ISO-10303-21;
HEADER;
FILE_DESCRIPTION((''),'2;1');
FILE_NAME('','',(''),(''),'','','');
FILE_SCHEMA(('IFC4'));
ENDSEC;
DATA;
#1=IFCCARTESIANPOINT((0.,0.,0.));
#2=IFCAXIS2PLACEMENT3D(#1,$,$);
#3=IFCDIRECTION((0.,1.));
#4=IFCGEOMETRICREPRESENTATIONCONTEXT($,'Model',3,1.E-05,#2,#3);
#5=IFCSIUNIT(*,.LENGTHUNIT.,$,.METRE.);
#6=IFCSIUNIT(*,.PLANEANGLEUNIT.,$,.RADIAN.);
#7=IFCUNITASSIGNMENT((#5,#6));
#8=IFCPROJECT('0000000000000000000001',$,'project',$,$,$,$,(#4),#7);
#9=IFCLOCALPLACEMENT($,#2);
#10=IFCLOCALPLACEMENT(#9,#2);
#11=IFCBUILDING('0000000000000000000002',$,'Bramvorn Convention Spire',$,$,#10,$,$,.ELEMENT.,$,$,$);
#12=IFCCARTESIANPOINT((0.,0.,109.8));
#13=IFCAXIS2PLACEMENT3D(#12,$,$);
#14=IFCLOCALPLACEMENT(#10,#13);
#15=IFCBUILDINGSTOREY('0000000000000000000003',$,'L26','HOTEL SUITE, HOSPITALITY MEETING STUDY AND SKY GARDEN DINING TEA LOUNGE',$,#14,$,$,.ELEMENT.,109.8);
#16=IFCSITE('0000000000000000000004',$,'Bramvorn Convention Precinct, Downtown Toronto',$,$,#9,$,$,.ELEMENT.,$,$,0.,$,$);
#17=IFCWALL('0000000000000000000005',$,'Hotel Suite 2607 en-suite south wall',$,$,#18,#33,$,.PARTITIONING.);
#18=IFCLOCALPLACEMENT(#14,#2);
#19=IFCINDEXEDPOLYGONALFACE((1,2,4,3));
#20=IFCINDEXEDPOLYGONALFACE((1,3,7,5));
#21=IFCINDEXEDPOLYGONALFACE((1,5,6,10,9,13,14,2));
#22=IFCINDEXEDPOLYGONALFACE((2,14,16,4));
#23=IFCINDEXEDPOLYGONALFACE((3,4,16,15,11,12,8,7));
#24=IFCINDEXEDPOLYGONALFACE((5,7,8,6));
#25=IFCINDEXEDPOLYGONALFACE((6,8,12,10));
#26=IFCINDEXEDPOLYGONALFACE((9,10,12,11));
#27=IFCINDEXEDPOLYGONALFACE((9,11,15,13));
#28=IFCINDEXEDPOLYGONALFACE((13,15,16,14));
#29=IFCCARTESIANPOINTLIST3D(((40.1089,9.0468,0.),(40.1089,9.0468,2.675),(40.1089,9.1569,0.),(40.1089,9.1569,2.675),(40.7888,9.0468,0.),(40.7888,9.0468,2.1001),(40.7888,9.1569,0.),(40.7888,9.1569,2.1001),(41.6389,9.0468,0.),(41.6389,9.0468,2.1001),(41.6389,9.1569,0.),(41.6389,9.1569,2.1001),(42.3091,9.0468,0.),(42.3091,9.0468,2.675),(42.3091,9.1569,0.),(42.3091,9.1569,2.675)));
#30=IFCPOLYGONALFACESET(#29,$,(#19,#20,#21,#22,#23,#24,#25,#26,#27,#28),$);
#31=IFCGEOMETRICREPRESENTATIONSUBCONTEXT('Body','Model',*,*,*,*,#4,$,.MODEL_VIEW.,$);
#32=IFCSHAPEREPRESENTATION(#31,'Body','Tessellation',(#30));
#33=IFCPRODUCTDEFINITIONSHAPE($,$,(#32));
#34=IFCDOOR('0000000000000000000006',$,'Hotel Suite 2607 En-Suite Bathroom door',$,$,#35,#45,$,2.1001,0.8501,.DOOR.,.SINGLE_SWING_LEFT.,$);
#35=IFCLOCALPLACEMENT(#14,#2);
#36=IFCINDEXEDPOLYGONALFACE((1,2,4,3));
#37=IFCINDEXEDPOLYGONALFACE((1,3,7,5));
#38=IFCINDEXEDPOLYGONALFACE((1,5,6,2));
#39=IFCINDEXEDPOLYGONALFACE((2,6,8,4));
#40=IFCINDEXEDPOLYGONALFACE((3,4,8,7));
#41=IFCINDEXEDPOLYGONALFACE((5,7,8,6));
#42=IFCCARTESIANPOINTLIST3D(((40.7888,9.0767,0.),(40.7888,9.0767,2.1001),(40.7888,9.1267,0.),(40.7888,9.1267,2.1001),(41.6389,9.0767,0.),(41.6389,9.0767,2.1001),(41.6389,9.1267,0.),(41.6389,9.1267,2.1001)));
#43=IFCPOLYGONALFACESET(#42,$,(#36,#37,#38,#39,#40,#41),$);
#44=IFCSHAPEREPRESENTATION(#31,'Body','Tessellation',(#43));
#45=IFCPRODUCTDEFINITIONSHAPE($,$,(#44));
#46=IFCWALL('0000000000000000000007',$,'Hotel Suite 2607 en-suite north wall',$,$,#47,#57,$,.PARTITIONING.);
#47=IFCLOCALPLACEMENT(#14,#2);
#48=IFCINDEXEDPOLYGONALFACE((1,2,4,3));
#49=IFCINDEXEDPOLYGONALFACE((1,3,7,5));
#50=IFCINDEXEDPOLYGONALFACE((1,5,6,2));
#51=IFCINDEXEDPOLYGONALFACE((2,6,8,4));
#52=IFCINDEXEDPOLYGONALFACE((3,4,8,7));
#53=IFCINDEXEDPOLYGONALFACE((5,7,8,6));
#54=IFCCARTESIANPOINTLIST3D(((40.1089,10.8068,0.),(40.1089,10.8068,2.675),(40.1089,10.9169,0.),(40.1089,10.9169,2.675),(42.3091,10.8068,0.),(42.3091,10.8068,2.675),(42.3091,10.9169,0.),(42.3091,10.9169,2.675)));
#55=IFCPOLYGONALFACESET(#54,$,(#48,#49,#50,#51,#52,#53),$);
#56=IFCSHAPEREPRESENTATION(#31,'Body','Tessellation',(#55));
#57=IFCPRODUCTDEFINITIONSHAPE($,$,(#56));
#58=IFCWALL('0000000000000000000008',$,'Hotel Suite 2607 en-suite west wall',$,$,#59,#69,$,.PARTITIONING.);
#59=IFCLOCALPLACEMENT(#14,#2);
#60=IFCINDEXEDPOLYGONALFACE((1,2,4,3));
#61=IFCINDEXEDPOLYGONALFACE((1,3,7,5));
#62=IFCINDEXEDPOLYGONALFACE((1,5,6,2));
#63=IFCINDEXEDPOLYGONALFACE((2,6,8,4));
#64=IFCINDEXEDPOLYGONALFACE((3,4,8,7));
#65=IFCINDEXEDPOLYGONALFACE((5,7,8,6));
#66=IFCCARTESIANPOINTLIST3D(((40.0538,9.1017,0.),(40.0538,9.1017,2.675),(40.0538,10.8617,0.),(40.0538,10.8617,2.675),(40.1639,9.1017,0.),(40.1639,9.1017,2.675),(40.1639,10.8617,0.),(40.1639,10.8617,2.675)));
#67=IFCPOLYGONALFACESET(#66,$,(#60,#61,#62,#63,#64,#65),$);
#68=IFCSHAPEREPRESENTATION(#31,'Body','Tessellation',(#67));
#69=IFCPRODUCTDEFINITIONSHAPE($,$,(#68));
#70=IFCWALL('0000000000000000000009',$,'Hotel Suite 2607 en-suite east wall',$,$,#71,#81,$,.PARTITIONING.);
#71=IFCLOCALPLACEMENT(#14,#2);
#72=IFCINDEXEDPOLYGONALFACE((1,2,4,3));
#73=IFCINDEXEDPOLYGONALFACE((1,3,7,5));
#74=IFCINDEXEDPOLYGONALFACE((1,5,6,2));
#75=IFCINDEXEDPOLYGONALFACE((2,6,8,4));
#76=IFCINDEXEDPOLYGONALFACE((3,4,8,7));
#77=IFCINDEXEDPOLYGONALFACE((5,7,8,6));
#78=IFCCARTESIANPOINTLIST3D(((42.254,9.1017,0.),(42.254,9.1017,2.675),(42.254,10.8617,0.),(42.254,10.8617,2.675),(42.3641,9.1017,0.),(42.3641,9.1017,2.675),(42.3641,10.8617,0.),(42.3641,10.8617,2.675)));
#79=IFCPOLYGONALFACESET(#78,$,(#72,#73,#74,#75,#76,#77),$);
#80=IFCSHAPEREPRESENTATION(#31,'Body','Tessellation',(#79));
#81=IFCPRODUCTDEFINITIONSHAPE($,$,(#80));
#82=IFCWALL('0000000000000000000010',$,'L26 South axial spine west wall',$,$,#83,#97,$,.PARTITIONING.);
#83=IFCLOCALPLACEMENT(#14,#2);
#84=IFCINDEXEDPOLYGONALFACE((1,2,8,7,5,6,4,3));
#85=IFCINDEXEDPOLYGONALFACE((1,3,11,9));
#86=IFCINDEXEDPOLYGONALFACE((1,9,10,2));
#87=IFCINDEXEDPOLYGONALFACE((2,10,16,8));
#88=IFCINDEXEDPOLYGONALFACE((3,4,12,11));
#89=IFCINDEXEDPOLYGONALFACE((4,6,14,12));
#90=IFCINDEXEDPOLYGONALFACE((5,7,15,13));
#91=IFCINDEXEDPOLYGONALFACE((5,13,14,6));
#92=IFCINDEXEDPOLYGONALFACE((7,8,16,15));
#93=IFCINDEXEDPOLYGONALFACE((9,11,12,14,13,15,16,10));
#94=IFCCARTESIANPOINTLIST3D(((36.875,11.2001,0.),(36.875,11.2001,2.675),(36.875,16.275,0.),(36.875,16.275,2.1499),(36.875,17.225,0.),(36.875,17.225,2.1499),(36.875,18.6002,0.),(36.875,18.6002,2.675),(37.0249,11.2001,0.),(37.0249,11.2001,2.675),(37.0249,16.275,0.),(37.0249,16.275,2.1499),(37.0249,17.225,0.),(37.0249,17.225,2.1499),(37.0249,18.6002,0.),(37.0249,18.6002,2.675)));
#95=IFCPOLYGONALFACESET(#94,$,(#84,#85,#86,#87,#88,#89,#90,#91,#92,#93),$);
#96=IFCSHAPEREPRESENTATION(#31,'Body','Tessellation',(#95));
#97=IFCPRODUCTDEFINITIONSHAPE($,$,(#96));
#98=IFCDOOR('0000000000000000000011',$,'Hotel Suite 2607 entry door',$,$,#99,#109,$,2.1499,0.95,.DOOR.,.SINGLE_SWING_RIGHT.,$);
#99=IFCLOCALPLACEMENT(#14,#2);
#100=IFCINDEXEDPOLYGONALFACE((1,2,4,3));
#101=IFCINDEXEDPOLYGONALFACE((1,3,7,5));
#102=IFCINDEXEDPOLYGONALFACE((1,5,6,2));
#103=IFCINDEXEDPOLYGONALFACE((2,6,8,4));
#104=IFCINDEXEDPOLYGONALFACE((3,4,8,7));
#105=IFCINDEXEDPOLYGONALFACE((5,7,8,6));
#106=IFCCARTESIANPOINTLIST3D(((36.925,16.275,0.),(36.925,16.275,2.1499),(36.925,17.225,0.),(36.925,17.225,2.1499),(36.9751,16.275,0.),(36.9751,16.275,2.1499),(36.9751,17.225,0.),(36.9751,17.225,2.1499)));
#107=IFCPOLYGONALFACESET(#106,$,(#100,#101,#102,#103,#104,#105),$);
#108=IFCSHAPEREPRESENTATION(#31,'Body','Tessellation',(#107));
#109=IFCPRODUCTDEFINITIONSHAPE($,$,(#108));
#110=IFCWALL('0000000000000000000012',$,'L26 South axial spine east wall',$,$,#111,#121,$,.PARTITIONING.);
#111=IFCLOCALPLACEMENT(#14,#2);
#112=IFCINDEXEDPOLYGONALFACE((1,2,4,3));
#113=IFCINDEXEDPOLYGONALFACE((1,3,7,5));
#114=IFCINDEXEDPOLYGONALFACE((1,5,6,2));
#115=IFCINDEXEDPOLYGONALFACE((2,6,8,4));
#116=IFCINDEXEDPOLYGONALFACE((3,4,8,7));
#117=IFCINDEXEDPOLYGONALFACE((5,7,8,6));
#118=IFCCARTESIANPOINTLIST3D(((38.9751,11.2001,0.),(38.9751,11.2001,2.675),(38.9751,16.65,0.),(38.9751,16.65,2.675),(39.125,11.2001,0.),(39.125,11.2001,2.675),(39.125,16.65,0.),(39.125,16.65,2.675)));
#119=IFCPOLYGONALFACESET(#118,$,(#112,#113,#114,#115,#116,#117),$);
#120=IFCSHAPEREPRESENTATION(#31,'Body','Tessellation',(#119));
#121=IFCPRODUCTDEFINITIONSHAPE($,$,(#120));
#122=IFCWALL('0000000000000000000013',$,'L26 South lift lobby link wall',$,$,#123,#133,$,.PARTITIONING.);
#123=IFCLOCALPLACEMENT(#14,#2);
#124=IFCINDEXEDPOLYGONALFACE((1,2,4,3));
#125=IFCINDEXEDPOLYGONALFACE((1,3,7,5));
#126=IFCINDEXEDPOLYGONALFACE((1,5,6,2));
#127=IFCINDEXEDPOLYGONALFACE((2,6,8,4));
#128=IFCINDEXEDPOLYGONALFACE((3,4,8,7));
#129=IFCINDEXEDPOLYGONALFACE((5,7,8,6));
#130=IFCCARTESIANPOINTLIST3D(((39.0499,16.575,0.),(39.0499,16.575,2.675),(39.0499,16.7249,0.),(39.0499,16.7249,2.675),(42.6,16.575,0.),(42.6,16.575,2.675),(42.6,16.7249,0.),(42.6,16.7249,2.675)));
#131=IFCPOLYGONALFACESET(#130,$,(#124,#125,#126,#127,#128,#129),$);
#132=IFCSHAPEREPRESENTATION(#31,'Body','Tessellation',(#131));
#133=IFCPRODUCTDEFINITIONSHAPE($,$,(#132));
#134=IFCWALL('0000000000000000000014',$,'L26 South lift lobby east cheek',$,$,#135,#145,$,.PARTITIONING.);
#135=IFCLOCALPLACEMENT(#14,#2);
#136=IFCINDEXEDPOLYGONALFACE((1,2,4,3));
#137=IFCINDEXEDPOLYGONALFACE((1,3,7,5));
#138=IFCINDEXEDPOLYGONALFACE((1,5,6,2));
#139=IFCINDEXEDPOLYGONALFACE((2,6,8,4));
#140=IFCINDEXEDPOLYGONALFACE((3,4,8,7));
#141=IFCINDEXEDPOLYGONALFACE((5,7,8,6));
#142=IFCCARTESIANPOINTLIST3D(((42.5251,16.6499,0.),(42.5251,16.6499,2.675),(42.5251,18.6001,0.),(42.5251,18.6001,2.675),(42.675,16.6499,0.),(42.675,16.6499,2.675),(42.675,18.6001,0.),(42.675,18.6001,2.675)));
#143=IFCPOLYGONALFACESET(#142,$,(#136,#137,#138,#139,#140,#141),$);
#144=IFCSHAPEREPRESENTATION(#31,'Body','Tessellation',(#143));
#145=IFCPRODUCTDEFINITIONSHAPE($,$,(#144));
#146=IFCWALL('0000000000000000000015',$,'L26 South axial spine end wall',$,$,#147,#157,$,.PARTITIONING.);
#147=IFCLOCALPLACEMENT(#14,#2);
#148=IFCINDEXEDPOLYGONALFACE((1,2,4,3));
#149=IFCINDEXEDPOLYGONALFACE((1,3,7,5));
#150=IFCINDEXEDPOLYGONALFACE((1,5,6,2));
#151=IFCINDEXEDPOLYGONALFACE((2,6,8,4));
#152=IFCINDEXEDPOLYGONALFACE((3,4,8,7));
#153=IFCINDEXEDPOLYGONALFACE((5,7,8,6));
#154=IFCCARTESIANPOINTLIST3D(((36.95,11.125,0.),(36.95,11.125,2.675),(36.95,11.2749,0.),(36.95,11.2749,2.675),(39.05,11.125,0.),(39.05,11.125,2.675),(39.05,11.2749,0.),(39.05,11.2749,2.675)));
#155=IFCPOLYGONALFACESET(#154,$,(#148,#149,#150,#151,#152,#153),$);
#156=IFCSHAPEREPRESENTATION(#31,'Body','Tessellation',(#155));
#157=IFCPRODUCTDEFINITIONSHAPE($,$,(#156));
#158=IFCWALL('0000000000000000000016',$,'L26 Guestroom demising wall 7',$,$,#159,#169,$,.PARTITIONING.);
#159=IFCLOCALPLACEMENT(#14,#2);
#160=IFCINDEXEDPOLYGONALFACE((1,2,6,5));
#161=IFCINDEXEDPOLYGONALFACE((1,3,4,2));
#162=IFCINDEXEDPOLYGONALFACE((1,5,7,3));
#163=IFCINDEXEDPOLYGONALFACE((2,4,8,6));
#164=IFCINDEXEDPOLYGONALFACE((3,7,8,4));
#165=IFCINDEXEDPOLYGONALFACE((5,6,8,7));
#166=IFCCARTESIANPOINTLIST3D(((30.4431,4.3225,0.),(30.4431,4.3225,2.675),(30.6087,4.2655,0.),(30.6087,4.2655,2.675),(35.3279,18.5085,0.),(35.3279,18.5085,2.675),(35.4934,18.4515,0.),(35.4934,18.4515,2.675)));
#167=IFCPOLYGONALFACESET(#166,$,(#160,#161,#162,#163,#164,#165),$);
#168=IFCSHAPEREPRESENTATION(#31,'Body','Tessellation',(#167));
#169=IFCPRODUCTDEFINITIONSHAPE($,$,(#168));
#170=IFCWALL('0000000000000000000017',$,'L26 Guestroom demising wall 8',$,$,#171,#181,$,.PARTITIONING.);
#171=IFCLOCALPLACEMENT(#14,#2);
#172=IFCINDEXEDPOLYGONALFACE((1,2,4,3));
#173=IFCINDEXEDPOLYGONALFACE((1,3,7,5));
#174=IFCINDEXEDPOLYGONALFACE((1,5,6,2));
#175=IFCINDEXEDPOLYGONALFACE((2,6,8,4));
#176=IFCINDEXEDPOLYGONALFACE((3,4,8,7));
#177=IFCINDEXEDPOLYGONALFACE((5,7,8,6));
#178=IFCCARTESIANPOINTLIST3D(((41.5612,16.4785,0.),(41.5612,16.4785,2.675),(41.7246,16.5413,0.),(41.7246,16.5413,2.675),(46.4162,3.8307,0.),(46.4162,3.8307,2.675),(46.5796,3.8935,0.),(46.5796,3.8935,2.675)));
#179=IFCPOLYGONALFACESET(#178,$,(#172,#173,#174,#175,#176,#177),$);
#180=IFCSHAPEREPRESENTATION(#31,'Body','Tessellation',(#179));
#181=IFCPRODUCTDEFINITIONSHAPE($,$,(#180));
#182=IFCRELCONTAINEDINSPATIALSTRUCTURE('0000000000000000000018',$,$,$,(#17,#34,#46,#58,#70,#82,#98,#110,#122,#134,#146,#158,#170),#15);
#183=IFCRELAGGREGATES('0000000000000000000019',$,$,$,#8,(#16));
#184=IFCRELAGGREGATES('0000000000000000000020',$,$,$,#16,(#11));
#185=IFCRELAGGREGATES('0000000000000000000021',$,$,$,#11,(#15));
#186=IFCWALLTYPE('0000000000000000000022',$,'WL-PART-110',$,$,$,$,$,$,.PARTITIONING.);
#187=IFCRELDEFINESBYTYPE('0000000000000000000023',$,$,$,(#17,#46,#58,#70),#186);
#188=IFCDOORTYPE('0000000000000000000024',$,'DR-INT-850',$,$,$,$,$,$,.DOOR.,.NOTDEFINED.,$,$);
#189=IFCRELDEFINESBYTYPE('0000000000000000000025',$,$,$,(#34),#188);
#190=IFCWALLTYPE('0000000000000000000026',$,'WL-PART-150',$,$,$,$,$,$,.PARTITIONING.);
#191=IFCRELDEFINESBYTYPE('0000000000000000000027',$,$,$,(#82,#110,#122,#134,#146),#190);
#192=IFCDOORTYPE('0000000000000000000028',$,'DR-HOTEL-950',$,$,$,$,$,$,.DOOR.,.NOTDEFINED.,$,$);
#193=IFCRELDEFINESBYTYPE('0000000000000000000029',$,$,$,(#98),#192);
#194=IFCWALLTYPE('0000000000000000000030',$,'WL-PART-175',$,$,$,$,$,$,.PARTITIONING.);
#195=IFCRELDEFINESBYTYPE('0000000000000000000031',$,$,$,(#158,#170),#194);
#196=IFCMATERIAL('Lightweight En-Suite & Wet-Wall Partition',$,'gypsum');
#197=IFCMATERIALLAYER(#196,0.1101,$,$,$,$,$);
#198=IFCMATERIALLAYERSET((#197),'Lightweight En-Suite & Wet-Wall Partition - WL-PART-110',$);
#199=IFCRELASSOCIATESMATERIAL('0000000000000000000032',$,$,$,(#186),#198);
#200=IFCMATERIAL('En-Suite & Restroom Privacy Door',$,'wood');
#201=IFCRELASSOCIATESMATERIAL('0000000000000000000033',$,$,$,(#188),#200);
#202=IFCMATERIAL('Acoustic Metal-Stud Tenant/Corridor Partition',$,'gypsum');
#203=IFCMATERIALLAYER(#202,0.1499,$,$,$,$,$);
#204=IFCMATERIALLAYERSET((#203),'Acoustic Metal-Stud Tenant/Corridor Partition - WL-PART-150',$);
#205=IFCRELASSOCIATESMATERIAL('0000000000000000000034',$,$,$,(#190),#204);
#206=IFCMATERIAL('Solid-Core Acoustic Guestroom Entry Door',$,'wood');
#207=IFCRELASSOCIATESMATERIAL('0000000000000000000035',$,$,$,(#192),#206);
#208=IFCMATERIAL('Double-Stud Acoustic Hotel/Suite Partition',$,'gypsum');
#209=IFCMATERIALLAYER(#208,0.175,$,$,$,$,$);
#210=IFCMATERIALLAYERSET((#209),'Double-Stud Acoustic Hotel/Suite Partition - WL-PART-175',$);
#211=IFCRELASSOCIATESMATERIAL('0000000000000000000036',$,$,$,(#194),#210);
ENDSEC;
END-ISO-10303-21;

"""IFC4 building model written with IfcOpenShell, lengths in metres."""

from ifc_helpers import new_model, si_unit, direction, frame, frame_2d, origin, place, context, subcontext, project, spatial, rectangle, extrude, material, layer, layer_set, type_object, element, fill, save


model = new_model("IFC4")

# Units and contexts
model_context = context("Model", 3, precision=1e-05, world=origin(), true_north=direction((0.0, 1.0)))
body_context = subcontext(model_context, "Body", "Model", "MODEL_VIEW")
ifc_project = project(units=[si_unit("LENGTHUNIT", "METRE"), si_unit("PLANEANGLEUNIT", "RADIAN")], contexts=[model_context])

# Site, building, storey
site_placement = place(None, origin())
site = spatial("IfcSite", under=ifc_project, at=site_placement, Name="Bramvorn Convention Precinct, Downtown Toronto", CompositionType="ELEMENT", RefElevation=0.0)
building_placement = place(site_placement, origin())
building = spatial("IfcBuilding", under=site, at=building_placement, Name="Bramvorn Convention Spire", CompositionType="ELEMENT")
storey_placement = place(building_placement, frame((0.0, 0.0, 109.8)))
storey = spatial("IfcBuildingStorey", under=building, at=storey_placement, Name="L26", Description="HOTEL SUITE, HOSPITALITY MEETING STUDY AND SKY GARDEN DINING TEA LOUNGE", CompositionType="ELEMENT", Elevation=109.8)

# Wall, opening, door
ifc_material_1 = material(Name="Lightweight En-Suite & Wet-Wall Partition", Category="gypsum")
ifc_layer_1 = layer(ifc_material_1, 0.1101)
ifc_layer_set_1 = layer_set([ifc_layer_1], Name="Lightweight En-Suite & Wet-Wall Partition - WL-PART-110")
wall_type_1 = type_object("IfcWallType", Name="WL-PART-110", PredefinedType="PARTITIONING", material=ifc_layer_set_1)
wall_1_placement = place(storey_placement, frame((40.1089, 9.1018, 0.0), z_axis=(0.0, 0.0, 1.0), x_axis=(1.0, 0.0, 0.0)))
wall_1 = element("IfcWall", 1, at=wall_1_placement, inside=storey, type_object=wall_type_1, Name="Hotel Suite 2607 en-suite south wall", PredefinedType="PARTITIONING", context=body_context, shape_type="SweptSolid", body=[
    extrude(rectangle(XDim=2.2002, YDim=0.1101, at=frame_2d((1.1001, 0.0))), origin(), (0.0, 0.0, 1.0), 2.675),
])
opening_1_placement = place(wall_1_placement, frame((0.6799, 0.0, 0.0)))
opening_1 = element("IfcOpeningElement", 2, at=opening_1_placement, cuts=wall_1, PredefinedType="OPENING", context=body_context, shape_type="SweptSolid", body=[
    extrude(rectangle(XDim=0.8501, YDim=2.1001, at=frame_2d((0.425, 1.05))), frame((0.0, 0.0649, 0.0), z_axis=(0.0, -1.0, 0.0), x_axis=(1.0, 0.0, 0.0)), (0.0, 0.0, 1.0), 0.1301),
])
ifc_material_2 = material(Name="En-Suite & Restroom Privacy Door", Category="wood")
door_type_1 = type_object("IfcDoorType", Name="DR-INT-850", OperationType="NOTDEFINED", PredefinedType="DOOR", material=ifc_material_2)
door_1_placement = place(opening_1_placement, origin())
door_1 = element("IfcDoor", 3, at=door_1_placement, inside=storey, type_object=door_type_1, Name="Hotel Suite 2607 En-Suite Bathroom door", OperationType="SINGLE_SWING_LEFT", OverallHeight=2.1001, OverallWidth=0.8501, PredefinedType="DOOR", context=body_context, shape_type="SweptSolid", body=[
    extrude(rectangle(XDim=0.8501, YDim=2.1001, at=frame_2d((0.425, 1.05))), frame((0.0, 0.0249, 0.0), z_axis=(0.0, -1.0, 0.0), x_axis=(1.0, 0.0, 0.0)), (0.0, 0.0, 1.0), 0.05),
])
fill(opening_1, door_1)

# Walls
wall_2_placement = place(storey_placement, frame((40.1089, 10.8618, 0.0), z_axis=(0.0, 0.0, 1.0), x_axis=(1.0, 0.0, 0.0)))
element("IfcWall", 4, at=wall_2_placement, inside=storey, type_object=wall_type_1, Name="Hotel Suite 2607 en-suite north wall", PredefinedType="PARTITIONING", context=body_context, shape_type="SweptSolid", body=[
    extrude(rectangle(XDim=2.2002, YDim=0.1101, at=frame_2d((1.1001, 0.0))), origin(), (0.0, 0.0, 1.0), 2.675),
])
for number, where, z_axis, x_axis, name in (
    (5, (40.1089, 9.1018, 0.0), (0.0, 0.0, 1.0), (0.0, 1.0, 0.0), "Hotel Suite 2607 en-suite west wall"),
    (6, (42.3091, 9.1018, 0.0), (0.0, 0.0, 1.0), (0.0, 1.0, 0.0), "Hotel Suite 2607 en-suite east wall"),
):
    element("IfcWall", number, at=place(storey_placement, frame(where, z_axis=z_axis, x_axis=x_axis)), inside=storey, type_object=wall_type_1, Name=name, PredefinedType="PARTITIONING", context=body_context, shape_type="SweptSolid", body=[
        extrude(rectangle(XDim=1.76, YDim=0.1101, at=frame_2d((0.8799, 0.0))), origin(), (0.0, 0.0, 1.0), 2.675),
    ])

# Wall, opening, door
ifc_material_3 = material(Name="Acoustic Metal-Stud Tenant/Corridor Partition", Category="gypsum")
ifc_layer_2 = layer(ifc_material_3, 0.1499)
ifc_layer_set_2 = layer_set([ifc_layer_2], Name="Acoustic Metal-Stud Tenant/Corridor Partition - WL-PART-150")
wall_type_2 = type_object("IfcWallType", Name="WL-PART-150", PredefinedType="PARTITIONING", material=ifc_layer_set_2)
wall_3_placement = place(storey_placement, frame((36.95, 11.2, 0.0), z_axis=(0.0, 0.0, 1.0), x_axis=(0.0, 1.0, 0.0)))
wall_3 = element("IfcWall", 7, at=wall_3_placement, inside=storey, type_object=wall_type_2, Name="L26 South axial spine west wall", PredefinedType="PARTITIONING", context=body_context, shape_type="SweptSolid", body=[
    extrude(rectangle(XDim=7.4001, YDim=0.1499, at=frame_2d((3.7002, 0.0))), origin(), (0.0, 0.0, 1.0), 2.675),
])
opening_2_placement = place(wall_3_placement, frame((5.075, 0.0, 0.0)))
opening_2 = element("IfcOpeningElement", 8, at=opening_2_placement, cuts=wall_3, PredefinedType="OPENING", context=body_context, shape_type="SweptSolid", body=[
    extrude(rectangle(XDim=0.95, YDim=2.1499, at=frame_2d((0.4751, 1.075))), frame((0.0, 0.085, 0.0), z_axis=(0.0, -1.0, 0.0), x_axis=(1.0, 0.0, 0.0)), (0.0, 0.0, 1.0), 0.1699),
])
ifc_material_4 = material(Name="Solid-Core Acoustic Guestroom Entry Door", Category="wood")
door_type_2 = type_object("IfcDoorType", Name="DR-HOTEL-950", OperationType="NOTDEFINED", PredefinedType="DOOR", material=ifc_material_4)
door_2_placement = place(opening_2_placement, origin())
door_2 = element("IfcDoor", 9, at=door_2_placement, inside=storey, type_object=door_type_2, Name="Hotel Suite 2607 entry door", OperationType="SINGLE_SWING_RIGHT", OverallHeight=2.1499, OverallWidth=0.95, PredefinedType="DOOR", context=body_context, shape_type="SweptSolid", body=[
    extrude(rectangle(XDim=0.95, YDim=2.1499, at=frame_2d((0.4751, 1.075))), frame((0.0, 0.0249, 0.0), z_axis=(0.0, -1.0, 0.0), x_axis=(1.0, 0.0, 0.0)), (0.0, 0.0, 1.0), 0.05),
])
fill(opening_2, door_2)

# Walls
wall_4_placement = place(storey_placement, frame((39.05, 11.2, 0.0), z_axis=(0.0, 0.0, 1.0), x_axis=(0.0, 1.0, 0.0)))
element("IfcWall", 10, at=wall_4_placement, inside=storey, type_object=wall_type_2, Name="L26 South axial spine east wall", PredefinedType="PARTITIONING", context=body_context, shape_type="SweptSolid", body=[
    extrude(rectangle(XDim=5.45, YDim=0.1499, at=frame_2d((2.7251, 0.0))), origin(), (0.0, 0.0, 1.0), 2.675),
])
wall_5_placement = place(storey_placement, frame((39.05, 16.6499, 0.0), z_axis=(0.0, 0.0, 1.0), x_axis=(1.0, 0.0, 0.0)))
element("IfcWall", 11, at=wall_5_placement, inside=storey, type_object=wall_type_2, Name="L26 South lift lobby link wall", PredefinedType="PARTITIONING", context=body_context, shape_type="SweptSolid", body=[
    extrude(rectangle(XDim=3.55, YDim=0.1499, at=frame_2d((1.7749, 0.0))), origin(), (0.0, 0.0, 1.0), 2.675),
])
wall_6_placement = place(storey_placement, frame((42.6001, 16.6499, 0.0), z_axis=(0.0, 0.0, 1.0), x_axis=(0.0, 1.0, 0.0)))
element("IfcWall", 12, at=wall_6_placement, inside=storey, type_object=wall_type_2, Name="L26 South lift lobby east cheek", PredefinedType="PARTITIONING", context=body_context, shape_type="SweptSolid", body=[
    extrude(rectangle(XDim=1.9502, YDim=0.1499, at=frame_2d((0.9751, 0.0))), origin(), (0.0, 0.0, 1.0), 2.675),
])
wall_7_placement = place(storey_placement, frame((36.95, 11.2, 0.0), z_axis=(0.0, 0.0, 1.0), x_axis=(1.0, 0.0, 0.0)))
element("IfcWall", 13, at=wall_7_placement, inside=storey, type_object=wall_type_2, Name="L26 South axial spine end wall", PredefinedType="PARTITIONING", context=body_context, shape_type="SweptSolid", body=[
    extrude(rectangle(XDim=2.1001, YDim=0.1499, at=frame_2d((1.05, 0.0))), origin(), (0.0, 0.0, 1.0), 2.675),
])
ifc_material_5 = material(Name="Double-Stud Acoustic Hotel/Suite Partition", Category="gypsum")
ifc_layer_3 = layer(ifc_material_5, 0.175)
ifc_layer_set_3 = layer_set([ifc_layer_3], Name="Double-Stud Acoustic Hotel/Suite Partition - WL-PART-175")
wall_type_3 = type_object("IfcWallType", Name="WL-PART-175", PredefinedType="PARTITIONING", material=ifc_layer_set_3)
wall_8_placement = place(storey_placement, frame((35.4106, 18.48, 0.0), z_axis=(0.0, 0.0, 1.0), x_axis=(-0.325575, -0.945516, 0.0)))
element("IfcWall", 14, at=wall_8_placement, inside=storey, type_object=wall_type_3, Name="L26 Guestroom demising wall 7", PredefinedType="PARTITIONING", context=body_context, shape_type="SweptSolid", body=[
    extrude(rectangle(XDim=15.0034, YDim=0.175, at=frame_2d((7.5017, 0.0))), origin(), (0.0, 0.0, 1.0), 2.675),
])
wall_9_placement = place(storey_placement, frame((41.6428, 16.51, 0.0), z_axis=(0.0, 0.0, 1.0), x_axis=(0.358367, -0.933581, 0.0)))
element("IfcWall", 15, at=wall_9_placement, inside=storey, type_object=wall_type_3, Name="L26 Guestroom demising wall 8", PredefinedType="PARTITIONING", context=body_context, shape_type="SweptSolid", body=[
    extrude(rectangle(XDim=13.5476, YDim=0.175, at=frame_2d((6.7739, 0.0))), origin(), (0.0, 0.0, 1.0), 2.675),
])

save(model, "model.ifc")
